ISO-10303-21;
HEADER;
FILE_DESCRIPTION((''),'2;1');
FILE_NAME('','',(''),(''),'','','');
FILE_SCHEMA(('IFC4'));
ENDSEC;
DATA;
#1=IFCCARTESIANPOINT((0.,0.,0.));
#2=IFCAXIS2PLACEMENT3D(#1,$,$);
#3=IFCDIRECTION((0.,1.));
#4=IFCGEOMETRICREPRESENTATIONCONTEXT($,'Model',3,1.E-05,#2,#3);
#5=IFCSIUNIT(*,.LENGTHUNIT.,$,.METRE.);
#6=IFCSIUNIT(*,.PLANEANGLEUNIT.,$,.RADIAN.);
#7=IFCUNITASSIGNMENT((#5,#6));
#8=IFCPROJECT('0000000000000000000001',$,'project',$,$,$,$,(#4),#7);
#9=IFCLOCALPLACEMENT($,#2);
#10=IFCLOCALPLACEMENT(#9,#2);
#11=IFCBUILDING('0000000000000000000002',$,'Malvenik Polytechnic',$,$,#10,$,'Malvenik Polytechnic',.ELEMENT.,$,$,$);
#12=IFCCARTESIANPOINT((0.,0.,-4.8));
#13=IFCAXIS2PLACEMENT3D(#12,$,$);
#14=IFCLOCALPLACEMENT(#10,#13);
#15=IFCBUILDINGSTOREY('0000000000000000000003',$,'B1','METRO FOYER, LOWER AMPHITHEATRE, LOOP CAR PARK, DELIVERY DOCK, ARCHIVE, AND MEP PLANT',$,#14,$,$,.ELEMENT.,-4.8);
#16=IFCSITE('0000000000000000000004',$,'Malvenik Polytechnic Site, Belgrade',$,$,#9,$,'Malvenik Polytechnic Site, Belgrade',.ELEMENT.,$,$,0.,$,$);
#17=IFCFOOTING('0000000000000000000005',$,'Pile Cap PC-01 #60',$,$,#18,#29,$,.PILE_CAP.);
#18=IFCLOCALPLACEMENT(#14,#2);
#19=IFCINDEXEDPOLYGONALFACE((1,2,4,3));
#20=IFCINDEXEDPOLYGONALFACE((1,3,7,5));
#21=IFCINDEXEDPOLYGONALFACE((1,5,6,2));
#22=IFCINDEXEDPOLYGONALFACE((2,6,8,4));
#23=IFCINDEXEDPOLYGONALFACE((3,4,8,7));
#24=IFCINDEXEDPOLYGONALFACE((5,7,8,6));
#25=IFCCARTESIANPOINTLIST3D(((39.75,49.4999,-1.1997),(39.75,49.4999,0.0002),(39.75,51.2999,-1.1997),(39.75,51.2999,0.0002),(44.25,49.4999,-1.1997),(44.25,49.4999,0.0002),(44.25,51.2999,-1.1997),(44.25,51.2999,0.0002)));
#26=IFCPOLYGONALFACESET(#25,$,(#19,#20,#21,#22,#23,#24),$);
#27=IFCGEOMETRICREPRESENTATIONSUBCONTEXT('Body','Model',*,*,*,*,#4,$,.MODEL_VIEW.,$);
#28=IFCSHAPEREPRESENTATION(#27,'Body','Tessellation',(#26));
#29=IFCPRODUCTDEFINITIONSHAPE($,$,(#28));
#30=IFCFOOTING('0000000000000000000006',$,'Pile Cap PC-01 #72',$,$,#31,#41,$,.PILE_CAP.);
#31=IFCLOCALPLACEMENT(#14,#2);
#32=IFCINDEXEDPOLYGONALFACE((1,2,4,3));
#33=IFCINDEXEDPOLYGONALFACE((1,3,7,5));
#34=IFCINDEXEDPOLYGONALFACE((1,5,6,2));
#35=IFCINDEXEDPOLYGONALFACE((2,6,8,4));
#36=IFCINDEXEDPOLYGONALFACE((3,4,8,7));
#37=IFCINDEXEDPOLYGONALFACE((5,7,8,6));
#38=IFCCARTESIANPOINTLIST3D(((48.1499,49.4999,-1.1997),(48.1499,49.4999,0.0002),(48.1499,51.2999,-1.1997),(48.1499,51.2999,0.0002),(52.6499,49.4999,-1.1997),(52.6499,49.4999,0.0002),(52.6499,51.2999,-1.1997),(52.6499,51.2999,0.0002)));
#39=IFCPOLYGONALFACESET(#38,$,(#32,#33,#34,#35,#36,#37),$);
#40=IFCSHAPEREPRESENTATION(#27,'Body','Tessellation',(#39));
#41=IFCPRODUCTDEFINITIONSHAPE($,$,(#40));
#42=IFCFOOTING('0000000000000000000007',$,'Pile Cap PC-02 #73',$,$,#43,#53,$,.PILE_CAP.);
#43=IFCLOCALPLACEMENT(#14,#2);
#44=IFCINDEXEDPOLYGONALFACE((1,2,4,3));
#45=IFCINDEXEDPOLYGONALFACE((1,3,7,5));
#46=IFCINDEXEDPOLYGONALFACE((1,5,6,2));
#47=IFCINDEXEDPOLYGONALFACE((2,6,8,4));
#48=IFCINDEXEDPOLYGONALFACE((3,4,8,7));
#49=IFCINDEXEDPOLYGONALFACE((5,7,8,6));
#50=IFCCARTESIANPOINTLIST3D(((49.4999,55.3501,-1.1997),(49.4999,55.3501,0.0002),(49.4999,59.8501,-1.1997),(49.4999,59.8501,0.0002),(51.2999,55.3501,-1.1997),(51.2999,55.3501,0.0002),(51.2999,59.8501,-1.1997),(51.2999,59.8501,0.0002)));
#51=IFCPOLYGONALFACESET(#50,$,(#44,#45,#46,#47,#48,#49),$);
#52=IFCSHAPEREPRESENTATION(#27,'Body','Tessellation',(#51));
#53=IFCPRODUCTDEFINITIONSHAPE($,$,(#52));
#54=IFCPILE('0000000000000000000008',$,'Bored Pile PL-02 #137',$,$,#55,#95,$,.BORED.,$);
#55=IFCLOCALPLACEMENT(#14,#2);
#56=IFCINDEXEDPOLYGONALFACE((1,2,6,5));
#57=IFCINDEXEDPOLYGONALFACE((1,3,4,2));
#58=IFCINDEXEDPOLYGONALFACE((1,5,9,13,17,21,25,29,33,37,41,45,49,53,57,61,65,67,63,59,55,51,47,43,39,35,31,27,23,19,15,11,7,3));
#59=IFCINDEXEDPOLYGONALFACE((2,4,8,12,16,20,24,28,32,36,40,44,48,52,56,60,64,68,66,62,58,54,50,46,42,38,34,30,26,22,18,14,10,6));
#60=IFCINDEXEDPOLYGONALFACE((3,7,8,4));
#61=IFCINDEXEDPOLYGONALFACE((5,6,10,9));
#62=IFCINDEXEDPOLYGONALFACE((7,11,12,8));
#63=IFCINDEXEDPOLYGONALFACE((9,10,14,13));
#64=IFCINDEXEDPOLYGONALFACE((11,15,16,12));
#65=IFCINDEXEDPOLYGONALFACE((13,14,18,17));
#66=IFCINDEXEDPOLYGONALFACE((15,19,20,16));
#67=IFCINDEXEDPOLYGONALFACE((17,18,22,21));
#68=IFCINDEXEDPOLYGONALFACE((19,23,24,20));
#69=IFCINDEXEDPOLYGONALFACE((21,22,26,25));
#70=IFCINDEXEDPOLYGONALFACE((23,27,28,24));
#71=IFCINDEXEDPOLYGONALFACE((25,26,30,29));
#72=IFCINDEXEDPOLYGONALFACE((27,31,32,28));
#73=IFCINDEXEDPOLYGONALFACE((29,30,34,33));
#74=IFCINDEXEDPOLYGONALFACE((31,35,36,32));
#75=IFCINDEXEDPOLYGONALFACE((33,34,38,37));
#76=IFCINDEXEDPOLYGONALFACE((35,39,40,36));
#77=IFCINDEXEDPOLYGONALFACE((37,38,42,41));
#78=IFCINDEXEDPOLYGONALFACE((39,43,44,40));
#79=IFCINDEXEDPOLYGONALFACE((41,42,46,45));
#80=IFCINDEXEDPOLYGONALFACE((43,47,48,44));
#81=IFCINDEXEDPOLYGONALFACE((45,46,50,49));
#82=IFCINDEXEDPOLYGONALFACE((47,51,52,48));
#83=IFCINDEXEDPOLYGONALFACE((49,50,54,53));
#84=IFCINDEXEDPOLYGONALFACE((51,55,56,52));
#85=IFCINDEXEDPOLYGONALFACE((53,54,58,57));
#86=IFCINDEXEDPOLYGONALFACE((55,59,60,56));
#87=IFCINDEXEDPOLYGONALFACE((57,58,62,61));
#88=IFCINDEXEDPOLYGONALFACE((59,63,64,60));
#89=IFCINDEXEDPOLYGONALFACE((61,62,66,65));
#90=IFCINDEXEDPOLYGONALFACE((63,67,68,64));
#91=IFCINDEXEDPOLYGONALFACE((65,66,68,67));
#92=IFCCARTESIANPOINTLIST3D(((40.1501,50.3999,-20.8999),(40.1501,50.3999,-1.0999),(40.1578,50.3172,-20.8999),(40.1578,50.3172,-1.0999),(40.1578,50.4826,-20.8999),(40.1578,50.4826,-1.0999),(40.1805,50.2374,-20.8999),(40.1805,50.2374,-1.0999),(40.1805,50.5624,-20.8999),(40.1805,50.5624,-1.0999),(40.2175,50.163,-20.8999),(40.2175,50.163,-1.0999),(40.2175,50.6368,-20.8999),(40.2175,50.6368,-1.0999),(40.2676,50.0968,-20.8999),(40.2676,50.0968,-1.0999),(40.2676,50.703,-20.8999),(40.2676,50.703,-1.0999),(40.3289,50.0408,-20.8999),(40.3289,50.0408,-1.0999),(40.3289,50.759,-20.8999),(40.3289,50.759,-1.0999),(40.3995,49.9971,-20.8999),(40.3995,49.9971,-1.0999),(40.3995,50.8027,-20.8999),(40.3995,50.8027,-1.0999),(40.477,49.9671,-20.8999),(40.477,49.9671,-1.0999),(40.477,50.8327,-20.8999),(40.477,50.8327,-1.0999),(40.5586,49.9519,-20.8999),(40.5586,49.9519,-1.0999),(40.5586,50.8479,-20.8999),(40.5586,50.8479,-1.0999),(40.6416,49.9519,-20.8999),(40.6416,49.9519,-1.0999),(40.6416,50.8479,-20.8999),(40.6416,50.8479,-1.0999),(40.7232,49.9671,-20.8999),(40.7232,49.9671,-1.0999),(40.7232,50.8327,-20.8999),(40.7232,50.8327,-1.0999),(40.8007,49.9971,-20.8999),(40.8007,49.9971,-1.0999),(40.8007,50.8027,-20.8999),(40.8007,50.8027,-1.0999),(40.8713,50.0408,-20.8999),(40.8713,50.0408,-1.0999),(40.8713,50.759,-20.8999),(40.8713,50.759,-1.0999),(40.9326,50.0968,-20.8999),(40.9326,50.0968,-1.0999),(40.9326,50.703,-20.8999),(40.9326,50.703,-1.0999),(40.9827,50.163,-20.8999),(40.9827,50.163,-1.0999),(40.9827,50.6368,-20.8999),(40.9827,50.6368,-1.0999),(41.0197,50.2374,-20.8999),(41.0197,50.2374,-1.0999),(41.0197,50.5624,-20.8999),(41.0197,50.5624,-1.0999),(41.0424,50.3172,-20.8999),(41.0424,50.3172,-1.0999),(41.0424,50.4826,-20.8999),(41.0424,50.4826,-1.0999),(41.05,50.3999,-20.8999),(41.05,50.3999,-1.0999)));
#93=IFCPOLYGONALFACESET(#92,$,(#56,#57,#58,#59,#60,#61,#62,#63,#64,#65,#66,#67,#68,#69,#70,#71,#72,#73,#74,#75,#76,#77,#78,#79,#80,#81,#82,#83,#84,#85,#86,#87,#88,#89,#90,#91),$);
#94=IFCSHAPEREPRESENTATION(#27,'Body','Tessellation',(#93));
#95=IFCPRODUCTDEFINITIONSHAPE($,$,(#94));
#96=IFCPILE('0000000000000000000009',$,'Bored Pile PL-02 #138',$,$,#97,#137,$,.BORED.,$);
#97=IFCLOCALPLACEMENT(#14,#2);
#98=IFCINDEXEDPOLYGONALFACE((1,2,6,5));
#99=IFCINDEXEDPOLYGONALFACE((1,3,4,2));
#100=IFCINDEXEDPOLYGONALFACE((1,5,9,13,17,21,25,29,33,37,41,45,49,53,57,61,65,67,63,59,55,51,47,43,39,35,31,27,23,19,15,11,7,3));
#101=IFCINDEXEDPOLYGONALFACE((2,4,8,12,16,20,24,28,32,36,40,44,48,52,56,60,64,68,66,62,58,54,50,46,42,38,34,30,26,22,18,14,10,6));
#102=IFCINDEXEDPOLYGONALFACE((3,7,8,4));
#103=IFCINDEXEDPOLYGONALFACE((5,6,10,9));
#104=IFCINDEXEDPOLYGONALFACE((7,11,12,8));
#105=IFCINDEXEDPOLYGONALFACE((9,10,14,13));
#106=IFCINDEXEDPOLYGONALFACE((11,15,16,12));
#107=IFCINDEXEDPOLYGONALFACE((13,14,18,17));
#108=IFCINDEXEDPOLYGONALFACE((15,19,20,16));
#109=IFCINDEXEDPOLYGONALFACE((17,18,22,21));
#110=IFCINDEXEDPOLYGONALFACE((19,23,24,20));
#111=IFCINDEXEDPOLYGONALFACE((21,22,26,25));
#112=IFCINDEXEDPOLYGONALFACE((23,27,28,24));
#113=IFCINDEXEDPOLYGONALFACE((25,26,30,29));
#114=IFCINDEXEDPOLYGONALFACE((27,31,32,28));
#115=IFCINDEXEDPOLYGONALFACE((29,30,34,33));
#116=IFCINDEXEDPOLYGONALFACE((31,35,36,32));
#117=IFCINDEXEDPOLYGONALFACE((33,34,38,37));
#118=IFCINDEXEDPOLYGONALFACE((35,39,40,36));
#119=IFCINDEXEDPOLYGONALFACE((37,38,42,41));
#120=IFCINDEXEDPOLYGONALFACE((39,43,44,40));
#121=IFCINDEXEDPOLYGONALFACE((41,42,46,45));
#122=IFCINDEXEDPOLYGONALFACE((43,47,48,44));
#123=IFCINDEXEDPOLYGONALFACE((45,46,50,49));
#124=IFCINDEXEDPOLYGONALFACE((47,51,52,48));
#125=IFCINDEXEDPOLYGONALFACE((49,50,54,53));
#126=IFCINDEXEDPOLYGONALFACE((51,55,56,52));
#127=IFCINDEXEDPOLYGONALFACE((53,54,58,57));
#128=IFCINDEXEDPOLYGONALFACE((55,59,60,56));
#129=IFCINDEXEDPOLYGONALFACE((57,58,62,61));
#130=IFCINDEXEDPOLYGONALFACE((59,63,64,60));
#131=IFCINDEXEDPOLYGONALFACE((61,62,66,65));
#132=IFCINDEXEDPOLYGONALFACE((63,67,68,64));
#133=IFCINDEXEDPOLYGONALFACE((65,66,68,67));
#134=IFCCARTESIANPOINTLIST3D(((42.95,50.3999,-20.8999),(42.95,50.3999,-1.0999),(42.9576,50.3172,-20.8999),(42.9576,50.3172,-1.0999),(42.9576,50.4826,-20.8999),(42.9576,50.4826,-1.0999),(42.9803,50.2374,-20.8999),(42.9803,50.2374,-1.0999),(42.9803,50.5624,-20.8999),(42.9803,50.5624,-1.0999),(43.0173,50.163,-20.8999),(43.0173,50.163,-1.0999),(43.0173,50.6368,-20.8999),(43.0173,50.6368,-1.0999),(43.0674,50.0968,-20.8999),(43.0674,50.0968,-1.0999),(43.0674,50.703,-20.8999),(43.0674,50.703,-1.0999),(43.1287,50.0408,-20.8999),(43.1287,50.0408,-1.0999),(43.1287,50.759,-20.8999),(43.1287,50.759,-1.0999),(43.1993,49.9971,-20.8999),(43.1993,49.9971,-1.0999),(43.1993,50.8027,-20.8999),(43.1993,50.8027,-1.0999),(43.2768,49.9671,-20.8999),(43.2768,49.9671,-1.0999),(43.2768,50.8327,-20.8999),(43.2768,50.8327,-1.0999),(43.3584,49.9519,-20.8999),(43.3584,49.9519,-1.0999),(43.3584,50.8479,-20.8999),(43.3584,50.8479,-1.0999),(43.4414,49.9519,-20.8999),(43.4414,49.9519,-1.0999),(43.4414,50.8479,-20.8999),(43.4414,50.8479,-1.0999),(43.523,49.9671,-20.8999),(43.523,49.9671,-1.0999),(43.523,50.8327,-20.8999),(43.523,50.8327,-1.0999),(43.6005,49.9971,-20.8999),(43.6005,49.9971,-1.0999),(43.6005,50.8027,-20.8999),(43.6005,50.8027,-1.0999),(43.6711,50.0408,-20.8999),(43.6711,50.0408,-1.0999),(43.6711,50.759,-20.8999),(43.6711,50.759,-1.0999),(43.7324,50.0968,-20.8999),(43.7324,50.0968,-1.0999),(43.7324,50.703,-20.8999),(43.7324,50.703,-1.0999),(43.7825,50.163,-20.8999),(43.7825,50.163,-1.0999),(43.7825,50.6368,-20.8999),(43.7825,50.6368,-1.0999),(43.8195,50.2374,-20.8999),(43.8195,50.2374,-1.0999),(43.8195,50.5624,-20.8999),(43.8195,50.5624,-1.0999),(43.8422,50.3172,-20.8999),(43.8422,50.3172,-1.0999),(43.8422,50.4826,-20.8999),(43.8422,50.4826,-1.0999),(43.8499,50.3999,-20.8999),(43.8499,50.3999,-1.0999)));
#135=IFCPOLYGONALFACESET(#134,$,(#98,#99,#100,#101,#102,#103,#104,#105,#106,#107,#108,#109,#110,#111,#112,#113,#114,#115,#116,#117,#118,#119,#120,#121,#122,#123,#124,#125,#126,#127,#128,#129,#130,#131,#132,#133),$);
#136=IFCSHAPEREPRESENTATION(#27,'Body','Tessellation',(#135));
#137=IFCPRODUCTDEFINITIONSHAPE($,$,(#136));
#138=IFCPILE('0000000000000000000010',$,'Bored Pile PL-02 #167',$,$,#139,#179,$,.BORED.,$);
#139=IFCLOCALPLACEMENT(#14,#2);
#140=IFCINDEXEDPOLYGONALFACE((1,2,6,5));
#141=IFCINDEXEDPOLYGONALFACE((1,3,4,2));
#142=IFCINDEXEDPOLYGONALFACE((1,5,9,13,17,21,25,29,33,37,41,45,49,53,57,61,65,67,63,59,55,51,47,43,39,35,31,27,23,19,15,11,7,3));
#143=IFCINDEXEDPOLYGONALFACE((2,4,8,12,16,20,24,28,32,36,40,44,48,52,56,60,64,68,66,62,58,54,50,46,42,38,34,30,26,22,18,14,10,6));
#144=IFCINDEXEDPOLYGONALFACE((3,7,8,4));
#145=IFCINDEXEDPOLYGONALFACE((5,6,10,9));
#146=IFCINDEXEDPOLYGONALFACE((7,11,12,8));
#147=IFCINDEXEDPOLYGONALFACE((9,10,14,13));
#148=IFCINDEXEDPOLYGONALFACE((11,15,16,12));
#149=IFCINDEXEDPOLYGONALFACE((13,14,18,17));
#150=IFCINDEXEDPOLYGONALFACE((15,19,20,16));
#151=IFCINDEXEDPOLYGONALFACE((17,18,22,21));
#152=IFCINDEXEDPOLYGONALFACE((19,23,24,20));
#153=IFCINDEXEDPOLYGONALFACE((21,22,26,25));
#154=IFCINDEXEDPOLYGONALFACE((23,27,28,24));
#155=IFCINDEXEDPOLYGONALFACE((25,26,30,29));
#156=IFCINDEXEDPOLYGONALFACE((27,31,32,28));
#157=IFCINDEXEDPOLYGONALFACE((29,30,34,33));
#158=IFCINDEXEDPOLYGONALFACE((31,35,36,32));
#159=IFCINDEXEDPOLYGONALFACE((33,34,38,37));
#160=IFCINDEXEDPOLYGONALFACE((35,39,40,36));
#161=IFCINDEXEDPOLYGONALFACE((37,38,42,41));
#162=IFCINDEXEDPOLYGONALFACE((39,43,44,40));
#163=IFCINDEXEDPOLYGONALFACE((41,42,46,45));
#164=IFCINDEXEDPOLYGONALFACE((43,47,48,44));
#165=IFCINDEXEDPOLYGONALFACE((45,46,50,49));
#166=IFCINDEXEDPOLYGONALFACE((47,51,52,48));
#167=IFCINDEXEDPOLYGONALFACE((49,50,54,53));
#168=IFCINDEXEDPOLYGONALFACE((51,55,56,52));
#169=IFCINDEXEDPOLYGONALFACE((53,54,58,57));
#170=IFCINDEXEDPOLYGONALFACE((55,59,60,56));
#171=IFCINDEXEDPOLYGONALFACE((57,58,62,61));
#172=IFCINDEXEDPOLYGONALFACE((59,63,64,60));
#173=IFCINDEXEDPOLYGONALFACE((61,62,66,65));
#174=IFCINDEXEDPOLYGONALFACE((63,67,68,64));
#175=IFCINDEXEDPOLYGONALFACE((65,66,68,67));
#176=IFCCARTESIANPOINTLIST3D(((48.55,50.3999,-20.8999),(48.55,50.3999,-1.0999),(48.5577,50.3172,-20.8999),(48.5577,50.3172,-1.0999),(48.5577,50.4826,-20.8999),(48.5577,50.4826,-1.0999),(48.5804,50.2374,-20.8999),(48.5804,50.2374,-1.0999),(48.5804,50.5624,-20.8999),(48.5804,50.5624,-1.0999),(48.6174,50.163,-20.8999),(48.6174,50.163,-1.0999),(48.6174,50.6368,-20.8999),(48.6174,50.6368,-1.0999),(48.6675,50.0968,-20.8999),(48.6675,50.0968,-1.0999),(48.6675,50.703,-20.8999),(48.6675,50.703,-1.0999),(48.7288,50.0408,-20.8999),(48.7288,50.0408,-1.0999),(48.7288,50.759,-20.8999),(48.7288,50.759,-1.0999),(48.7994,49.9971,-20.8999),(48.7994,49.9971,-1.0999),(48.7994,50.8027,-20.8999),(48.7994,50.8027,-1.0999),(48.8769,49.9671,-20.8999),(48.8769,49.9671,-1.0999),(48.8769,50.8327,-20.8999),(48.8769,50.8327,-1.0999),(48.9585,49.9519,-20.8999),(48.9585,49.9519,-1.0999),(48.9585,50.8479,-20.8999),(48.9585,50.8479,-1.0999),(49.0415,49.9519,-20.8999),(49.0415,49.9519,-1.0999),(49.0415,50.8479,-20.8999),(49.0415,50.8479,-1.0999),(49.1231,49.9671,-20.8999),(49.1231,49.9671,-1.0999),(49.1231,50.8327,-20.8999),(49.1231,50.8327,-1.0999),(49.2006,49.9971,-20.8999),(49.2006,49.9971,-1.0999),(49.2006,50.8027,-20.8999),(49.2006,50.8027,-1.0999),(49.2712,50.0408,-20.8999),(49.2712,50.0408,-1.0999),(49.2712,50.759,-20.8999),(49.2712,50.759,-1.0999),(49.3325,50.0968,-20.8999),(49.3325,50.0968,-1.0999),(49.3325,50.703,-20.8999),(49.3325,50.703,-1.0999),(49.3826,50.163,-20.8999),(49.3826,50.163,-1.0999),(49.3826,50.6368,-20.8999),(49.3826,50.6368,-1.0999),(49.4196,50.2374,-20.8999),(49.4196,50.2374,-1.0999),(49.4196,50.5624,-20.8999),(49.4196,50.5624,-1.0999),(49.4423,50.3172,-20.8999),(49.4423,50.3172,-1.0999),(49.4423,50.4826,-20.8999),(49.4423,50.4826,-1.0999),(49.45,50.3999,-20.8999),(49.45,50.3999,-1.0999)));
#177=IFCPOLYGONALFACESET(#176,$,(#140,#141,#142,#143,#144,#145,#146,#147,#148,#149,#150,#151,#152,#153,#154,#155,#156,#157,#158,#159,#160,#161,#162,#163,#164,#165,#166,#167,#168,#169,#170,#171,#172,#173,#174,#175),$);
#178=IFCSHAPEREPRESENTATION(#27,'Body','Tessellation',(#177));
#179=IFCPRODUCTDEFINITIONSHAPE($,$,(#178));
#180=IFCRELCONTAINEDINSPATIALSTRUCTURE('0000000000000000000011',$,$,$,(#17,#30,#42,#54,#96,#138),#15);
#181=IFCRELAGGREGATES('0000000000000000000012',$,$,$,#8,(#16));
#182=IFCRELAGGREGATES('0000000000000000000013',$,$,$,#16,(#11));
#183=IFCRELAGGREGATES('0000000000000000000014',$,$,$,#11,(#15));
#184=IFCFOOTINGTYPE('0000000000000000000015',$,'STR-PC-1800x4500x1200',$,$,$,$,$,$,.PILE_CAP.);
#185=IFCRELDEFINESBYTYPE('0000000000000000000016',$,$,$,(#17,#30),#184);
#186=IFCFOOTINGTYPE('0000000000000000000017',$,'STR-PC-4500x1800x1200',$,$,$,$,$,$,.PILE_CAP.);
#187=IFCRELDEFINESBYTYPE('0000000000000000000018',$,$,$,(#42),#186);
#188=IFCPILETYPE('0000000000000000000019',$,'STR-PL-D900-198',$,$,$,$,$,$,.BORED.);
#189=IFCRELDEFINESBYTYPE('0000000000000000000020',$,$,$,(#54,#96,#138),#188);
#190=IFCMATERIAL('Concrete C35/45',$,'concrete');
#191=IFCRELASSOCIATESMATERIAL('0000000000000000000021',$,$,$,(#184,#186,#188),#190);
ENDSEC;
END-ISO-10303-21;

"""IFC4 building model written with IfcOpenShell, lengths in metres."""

from ifc_helpers import new_model, si_unit, direction, frame, origin, origin_2d, place, context, subcontext, project, spatial, rectangle, circle, extrude, material, material_profile, profile_set, type_object, element, save


model = new_model("IFC4")

# Units and contexts
model_context = context("Model", 3, precision=1e-05, world=origin(), true_north=direction((0.0, 1.0)))
body_context = subcontext(model_context, "Body", "Model", "MODEL_VIEW")
ifc_project = project(units=[si_unit("LENGTHUNIT", "METRE"), si_unit("PLANEANGLEUNIT", "RADIAN")], contexts=[model_context])

# Site, building, storey
site_placement = place(None, origin())
site = spatial("IfcSite", under=ifc_project, at=site_placement, Name="Malvenik Polytechnic Site, Belgrade", LongName="Malvenik Polytechnic Site, Belgrade", CompositionType="ELEMENT", RefElevation=0.0)
building_placement = place(site_placement, origin())
building = spatial("IfcBuilding", under=site, at=building_placement, Name="Malvenik Polytechnic", LongName="Malvenik Polytechnic", CompositionType="ELEMENT")
storey_placement = place(building_placement, frame((0.0, 0.0, -4.8)))
storey = spatial("IfcBuildingStorey", under=building, at=storey_placement, Name="B1", Description="METRO FOYER, LOWER AMPHITHEATRE, LOOP CAR PARK, DELIVERY DOCK, ARCHIVE, AND MEP PLANT", CompositionType="ELEMENT", Elevation=-4.8)

# Footings
ifc_material_1 = material(Name="Concrete C35/45", Category="concrete")
footing_type_1 = type_object("IfcFootingType", Name="STR-PC-1800x4500x1200", PredefinedType="PILE_CAP", material=ifc_material_1)
for number, where, z_axis, x_axis, name in (
    (1, (42.0, 50.3999, -1.1997), (0.0, 0.0, 1.0), (1.0, 0.0, 0.0), "Pile Cap PC-01 #60"),
    (2, (50.3999, 50.3999, -1.1997), (0.0, 0.0, 1.0), (1.0, 0.0, 0.0), "Pile Cap PC-01 #72"),
):
    element("IfcFooting", number, at=place(storey_placement, frame(where, z_axis=z_axis, x_axis=x_axis)), inside=storey, type_object=footing_type_1, Name=name, PredefinedType="PILE_CAP", context=body_context, shape_type="SweptSolid", body=[
        extrude(rectangle(XDim=4.5, YDim=1.8, at=origin_2d()), origin(), (0.0, 0.0, 1.0), 1.2),
    ])
footing_type_2 = type_object("IfcFootingType", Name="STR-PC-4500x1800x1200", PredefinedType="PILE_CAP", material=ifc_material_1)
footing_placement = place(storey_placement, frame((50.3999, 57.6001, -1.1997), z_axis=(0.0, 0.0, 1.0), x_axis=(1.0, 0.0, 0.0)))
element("IfcFooting", 3, at=footing_placement, inside=storey, type_object=footing_type_2, Name="Pile Cap PC-02 #73", PredefinedType="PILE_CAP", context=body_context, shape_type="SweptSolid", body=[
    extrude(rectangle(XDim=1.8, YDim=4.5, at=origin_2d()), origin(), (0.0, 0.0, 1.0), 1.2),
])

# Piles
ifc_material_profile_1 = material_profile(ifc_material_1, circle(Radius=0.45, at=origin_2d()), Name="BORED PILE D900")
ifc_profile_set_1 = profile_set([ifc_material_profile_1], Name="Concrete C35/45")
pile_type = type_object("IfcPileType", Name="STR-PL-D900-198", PredefinedType="BORED", material=ifc_profile_set_1)
for number, where, z_axis, x_axis, name in (
    (4, (40.6001, 50.3999, -1.0999), (0.0, 0.0, -1.0), (1.0, 0.0, 0.0), "Bored Pile PL-02 #137"),
    (5, (43.3999, 50.3999, -1.0999), (0.0, 0.0, -1.0), (1.0, 0.0, 0.0), "Bored Pile PL-02 #138"),
    (6, (49.0, 50.3999, -1.0999), (0.0, 0.0, -1.0), (1.0, 0.0, 0.0), "Bored Pile PL-02 #167"),
):
    element("IfcPile", number, at=place(storey_placement, frame(where, z_axis=z_axis, x_axis=x_axis)), inside=storey, type_object=pile_type, Name=name, PredefinedType="BORED", context=body_context, shape_type="SweptSolid", body=[
        extrude(circle(Radius=0.45, at=origin_2d()), origin(), (0.0, 0.0, 1.0), 19.8),
    ])

save(model, "model.ifc")
